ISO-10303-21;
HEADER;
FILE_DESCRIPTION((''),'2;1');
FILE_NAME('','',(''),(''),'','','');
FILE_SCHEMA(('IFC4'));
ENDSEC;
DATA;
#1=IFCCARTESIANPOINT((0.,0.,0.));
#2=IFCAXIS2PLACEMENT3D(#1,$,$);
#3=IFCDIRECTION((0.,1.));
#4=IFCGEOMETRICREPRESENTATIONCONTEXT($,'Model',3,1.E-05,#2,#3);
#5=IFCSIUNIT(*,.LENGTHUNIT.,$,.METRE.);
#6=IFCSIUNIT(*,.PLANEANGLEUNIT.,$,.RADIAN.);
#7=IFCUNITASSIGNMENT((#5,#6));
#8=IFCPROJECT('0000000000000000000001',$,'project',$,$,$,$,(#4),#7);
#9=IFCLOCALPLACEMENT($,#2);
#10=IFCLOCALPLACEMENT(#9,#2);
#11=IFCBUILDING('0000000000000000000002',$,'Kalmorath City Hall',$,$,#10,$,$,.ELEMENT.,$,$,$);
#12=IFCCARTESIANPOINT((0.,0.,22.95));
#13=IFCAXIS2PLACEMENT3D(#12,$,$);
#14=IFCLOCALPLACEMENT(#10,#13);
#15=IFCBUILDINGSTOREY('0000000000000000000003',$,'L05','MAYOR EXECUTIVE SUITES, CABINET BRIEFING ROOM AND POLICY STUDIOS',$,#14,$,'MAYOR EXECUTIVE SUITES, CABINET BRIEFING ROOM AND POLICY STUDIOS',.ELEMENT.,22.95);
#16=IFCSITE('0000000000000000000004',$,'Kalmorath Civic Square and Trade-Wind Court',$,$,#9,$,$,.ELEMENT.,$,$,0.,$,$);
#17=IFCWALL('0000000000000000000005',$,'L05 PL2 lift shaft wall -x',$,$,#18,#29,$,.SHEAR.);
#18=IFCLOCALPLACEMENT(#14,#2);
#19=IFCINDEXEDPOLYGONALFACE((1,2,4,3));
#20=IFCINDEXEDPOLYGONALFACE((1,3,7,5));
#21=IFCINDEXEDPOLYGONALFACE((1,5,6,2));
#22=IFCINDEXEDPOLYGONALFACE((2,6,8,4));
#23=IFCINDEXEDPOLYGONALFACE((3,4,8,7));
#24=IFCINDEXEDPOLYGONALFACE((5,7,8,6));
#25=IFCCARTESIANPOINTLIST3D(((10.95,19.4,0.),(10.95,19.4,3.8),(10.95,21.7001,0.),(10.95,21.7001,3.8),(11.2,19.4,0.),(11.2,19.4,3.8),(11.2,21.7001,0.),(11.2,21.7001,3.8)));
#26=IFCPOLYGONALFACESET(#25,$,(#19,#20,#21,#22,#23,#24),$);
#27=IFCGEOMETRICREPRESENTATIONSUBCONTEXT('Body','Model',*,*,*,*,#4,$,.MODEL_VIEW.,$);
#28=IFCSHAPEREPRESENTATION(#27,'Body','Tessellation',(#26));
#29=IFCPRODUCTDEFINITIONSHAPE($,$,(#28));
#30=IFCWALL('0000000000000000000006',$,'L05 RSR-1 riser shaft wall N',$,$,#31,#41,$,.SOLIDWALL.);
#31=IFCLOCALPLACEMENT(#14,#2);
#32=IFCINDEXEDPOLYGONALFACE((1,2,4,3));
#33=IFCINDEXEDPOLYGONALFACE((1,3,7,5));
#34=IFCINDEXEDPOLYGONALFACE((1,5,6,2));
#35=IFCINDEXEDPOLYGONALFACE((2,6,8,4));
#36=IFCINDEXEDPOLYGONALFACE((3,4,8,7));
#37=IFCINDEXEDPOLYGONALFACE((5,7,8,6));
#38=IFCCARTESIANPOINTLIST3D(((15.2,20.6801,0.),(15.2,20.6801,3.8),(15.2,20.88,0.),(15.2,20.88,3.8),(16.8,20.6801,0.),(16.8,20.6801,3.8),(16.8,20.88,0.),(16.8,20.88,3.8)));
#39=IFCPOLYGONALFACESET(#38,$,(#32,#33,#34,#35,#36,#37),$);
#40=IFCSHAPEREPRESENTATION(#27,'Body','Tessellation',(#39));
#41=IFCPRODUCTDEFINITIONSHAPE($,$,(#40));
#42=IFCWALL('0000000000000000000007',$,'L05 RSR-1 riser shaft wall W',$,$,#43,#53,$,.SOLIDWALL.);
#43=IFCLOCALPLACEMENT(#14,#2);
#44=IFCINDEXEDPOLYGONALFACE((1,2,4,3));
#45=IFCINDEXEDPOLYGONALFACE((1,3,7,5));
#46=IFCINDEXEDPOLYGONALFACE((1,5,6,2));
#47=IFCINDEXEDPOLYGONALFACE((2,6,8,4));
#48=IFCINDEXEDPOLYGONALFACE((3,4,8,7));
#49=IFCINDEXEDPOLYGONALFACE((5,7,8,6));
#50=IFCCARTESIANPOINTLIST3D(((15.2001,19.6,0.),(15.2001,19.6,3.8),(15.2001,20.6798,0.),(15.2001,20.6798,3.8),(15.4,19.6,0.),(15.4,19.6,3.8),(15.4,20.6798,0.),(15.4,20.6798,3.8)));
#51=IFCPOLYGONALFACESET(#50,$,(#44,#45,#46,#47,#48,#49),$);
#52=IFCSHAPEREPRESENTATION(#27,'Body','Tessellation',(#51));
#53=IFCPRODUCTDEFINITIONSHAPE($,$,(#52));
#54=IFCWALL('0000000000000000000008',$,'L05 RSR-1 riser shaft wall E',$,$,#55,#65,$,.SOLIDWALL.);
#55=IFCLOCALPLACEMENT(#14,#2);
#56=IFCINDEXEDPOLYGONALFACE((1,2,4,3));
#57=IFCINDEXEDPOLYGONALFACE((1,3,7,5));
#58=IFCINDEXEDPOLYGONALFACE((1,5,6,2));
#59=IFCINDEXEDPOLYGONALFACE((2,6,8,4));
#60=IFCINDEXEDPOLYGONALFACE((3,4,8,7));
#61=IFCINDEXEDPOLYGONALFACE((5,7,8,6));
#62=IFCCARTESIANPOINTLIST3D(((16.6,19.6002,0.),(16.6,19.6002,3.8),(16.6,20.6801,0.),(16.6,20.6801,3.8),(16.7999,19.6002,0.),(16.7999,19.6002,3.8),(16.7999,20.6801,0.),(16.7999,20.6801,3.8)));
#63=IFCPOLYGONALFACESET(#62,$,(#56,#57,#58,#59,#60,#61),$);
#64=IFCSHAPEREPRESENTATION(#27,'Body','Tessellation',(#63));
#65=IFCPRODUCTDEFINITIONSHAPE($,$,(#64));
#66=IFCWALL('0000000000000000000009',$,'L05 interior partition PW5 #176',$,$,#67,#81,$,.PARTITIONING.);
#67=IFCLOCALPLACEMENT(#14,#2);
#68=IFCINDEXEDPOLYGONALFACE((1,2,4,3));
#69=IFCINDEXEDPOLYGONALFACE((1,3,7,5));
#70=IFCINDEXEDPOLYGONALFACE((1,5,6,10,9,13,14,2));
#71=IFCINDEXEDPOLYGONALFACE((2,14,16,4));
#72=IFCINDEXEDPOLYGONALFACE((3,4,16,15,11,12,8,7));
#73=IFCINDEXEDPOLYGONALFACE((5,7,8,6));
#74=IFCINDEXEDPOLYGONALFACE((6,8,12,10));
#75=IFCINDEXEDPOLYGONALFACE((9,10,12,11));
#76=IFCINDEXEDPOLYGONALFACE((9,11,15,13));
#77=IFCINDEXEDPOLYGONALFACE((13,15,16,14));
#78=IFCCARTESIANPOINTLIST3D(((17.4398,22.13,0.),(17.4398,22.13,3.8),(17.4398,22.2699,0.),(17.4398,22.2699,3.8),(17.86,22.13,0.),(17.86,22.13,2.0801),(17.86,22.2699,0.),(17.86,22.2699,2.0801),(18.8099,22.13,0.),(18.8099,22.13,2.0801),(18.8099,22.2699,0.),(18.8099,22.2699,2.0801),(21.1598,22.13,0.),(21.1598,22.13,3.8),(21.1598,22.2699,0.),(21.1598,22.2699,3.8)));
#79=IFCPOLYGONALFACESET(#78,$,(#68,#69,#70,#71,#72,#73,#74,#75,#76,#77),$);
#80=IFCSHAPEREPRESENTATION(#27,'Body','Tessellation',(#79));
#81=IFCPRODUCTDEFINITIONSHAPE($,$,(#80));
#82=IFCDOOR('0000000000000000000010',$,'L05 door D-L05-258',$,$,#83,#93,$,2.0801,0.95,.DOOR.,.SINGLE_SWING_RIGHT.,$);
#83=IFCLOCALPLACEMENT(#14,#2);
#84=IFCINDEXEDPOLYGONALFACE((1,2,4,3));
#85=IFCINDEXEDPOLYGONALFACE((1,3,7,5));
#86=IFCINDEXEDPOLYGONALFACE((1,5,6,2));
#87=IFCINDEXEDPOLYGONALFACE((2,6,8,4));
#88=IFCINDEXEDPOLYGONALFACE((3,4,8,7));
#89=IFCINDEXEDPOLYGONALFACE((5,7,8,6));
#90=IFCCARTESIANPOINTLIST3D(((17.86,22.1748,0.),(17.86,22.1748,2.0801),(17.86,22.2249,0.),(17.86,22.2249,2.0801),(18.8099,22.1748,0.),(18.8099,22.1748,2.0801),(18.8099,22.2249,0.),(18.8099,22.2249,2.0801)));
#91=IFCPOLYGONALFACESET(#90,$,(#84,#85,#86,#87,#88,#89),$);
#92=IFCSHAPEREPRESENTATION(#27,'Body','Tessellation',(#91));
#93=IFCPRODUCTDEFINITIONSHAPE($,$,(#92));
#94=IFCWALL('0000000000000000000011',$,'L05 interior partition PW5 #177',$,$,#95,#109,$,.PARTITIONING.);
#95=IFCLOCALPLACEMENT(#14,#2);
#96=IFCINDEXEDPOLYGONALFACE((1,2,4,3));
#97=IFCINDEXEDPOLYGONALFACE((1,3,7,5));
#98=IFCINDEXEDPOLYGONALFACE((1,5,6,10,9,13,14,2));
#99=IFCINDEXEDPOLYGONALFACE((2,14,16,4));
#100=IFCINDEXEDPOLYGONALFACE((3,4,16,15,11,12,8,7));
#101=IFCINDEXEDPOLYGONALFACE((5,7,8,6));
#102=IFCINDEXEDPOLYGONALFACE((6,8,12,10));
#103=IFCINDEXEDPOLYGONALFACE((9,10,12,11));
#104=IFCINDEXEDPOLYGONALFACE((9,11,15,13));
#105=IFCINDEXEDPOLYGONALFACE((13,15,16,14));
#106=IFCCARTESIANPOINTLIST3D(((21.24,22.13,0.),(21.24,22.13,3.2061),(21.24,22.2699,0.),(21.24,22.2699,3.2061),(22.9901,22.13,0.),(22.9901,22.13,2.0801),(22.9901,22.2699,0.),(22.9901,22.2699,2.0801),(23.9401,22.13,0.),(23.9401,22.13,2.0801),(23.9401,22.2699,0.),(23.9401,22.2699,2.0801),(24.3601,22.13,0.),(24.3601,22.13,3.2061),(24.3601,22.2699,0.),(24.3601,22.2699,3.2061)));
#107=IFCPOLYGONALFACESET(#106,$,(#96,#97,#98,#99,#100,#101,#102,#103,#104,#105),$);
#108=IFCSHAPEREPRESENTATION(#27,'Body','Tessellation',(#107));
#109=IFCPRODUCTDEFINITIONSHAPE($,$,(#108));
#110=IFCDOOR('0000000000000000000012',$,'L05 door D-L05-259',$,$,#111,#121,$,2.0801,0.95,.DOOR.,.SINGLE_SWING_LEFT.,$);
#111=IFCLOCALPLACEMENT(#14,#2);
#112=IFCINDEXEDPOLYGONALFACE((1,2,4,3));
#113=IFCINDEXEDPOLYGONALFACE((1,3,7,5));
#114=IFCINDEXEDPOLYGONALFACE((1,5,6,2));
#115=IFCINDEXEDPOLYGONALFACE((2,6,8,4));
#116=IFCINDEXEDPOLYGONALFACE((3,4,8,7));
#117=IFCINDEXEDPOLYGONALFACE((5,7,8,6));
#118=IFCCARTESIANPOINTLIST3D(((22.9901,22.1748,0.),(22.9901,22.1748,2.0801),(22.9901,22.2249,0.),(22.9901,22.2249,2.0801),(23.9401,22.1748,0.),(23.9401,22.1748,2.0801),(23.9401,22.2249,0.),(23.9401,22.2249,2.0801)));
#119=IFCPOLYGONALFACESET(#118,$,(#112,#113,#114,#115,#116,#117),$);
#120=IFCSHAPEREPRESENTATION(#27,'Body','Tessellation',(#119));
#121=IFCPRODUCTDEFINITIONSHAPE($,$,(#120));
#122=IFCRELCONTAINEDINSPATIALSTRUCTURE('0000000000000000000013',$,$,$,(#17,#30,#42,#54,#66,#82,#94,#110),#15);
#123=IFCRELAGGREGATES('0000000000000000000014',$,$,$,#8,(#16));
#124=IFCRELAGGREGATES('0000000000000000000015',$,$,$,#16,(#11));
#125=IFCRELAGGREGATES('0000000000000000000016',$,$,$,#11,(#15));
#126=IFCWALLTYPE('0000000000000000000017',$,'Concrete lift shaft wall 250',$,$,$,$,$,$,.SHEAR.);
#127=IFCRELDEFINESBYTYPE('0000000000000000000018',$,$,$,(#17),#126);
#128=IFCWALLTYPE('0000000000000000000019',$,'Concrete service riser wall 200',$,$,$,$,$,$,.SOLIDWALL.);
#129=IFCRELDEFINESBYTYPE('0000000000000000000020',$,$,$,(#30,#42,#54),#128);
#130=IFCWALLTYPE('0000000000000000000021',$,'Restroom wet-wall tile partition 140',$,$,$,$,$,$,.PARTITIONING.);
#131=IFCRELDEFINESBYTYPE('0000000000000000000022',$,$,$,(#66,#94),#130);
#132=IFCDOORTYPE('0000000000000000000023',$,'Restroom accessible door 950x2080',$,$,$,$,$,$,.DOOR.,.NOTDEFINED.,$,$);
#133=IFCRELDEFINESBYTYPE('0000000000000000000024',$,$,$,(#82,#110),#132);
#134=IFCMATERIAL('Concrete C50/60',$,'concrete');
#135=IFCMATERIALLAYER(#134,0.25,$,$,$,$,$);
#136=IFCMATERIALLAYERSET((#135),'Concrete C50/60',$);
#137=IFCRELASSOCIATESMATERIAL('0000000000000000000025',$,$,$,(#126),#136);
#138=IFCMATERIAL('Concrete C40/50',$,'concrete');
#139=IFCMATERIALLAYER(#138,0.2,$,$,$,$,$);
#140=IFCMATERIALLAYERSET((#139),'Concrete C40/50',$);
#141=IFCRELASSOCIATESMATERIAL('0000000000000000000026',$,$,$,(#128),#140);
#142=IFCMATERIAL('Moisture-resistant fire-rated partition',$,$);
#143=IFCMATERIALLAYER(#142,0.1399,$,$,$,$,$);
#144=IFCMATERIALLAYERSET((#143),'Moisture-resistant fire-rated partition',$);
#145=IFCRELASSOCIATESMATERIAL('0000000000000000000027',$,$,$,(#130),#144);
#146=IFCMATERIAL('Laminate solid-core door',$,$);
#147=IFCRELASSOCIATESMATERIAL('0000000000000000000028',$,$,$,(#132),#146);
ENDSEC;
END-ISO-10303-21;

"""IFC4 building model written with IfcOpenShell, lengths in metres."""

from ifc_helpers import new_model, si_unit, direction, frame, frame_2d, origin, place, context, subcontext, project, spatial, rectangle, extrude, material, layer, layer_set, type_object, element, fill, save


model = new_model("IFC4")

# Units and contexts
model_context = context("Model", 3, precision=1e-05, world=origin(), true_north=direction((0.0, 1.0)))
body_context = subcontext(model_context, "Body", "Model", "MODEL_VIEW")
ifc_project = project(units=[si_unit("LENGTHUNIT", "METRE"), si_unit("PLANEANGLEUNIT", "RADIAN")], contexts=[model_context])

# Site, building, storey
site_placement = place(None, origin())
site = spatial("IfcSite", under=ifc_project, at=site_placement, Name="Kalmorath Civic Square and Trade-Wind Court", CompositionType="ELEMENT", RefElevation=0.0)
building_placement = place(site_placement, origin())
building = spatial("IfcBuilding", under=site, at=building_placement, Name="Kalmorath City Hall", CompositionType="ELEMENT")
storey_placement = place(building_placement, frame((0.0, 0.0, 22.95)))
storey = spatial("IfcBuildingStorey", under=building, at=storey_placement, Name="L05", Description="MAYOR EXECUTIVE SUITES, CABINET BRIEFING ROOM AND POLICY STUDIOS", LongName="MAYOR EXECUTIVE SUITES, CABINET BRIEFING ROOM AND POLICY STUDIOS", CompositionType="ELEMENT", Elevation=22.95)

# Shared definitions
ifc_material_1 = material(Name="Concrete C50/60", Category="concrete")
ifc_layer_1 = layer(ifc_material_1, 0.25)
ifc_layer_set_1 = layer_set([ifc_layer_1], Name="Concrete C50/60")
wall_type_1 = type_object("IfcWallType", Name="Concrete lift shaft wall 250", PredefinedType="SHEAR", material=ifc_layer_set_1)

# Walls
wall_1_placement = place(storey_placement, frame((11.075, 21.7, 0.0), z_axis=(0.0, 0.0, 1.0), x_axis=(0.0, -1.0, 0.0)))
element("IfcWall", 1, at=wall_1_placement, inside=storey, type_object=wall_type_1, Name="L05 PL2 lift shaft wall -x", PredefinedType="SHEAR", context=body_context, shape_type="SweptSolid", body=[
    extrude(rectangle(XDim=2.3, YDim=0.25, at=frame_2d((1.1499, 0.0))), origin(), (0.0, 0.0, 1.0), 3.8),
])
ifc_material_2 = material(Name="Concrete C40/50", Category="concrete")
ifc_layer_2 = layer(ifc_material_2, 0.2)
ifc_layer_set_2 = layer_set([ifc_layer_2], Name="Concrete C40/50")
wall_type_2 = type_object("IfcWallType", Name="Concrete service riser wall 200", PredefinedType="SOLIDWALL", material=ifc_layer_set_2)
wall_2_placement = place(storey_placement, frame((16.8, 20.78, 0.0), z_axis=(0.0, 0.0, 1.0), x_axis=(-1.0, 0.0, 0.0)))
element("IfcWall", 2, at=wall_2_placement, inside=storey, type_object=wall_type_2, Name="L05 RSR-1 riser shaft wall N", PredefinedType="SOLIDWALL", context=body_context, shape_type="SweptSolid", body=[
    extrude(rectangle(XDim=1.6001, YDim=0.2, at=frame_2d((0.8, 0.0))), origin(), (0.0, 0.0, 1.0), 3.8),
])
for number, where, z_axis, x_axis, name in (
    (3, (15.3, 20.6799, 0.0), (0.0, 0.0, 1.0), (0.0, -1.0, 0.0), "L05 RSR-1 riser shaft wall W"),
    (4, (16.7, 19.6001, 0.0), (0.0, 0.0, 1.0), (0.0, 1.0, 0.0), "L05 RSR-1 riser shaft wall E"),
):
    element("IfcWall", number, at=place(storey_placement, frame(where, z_axis=z_axis, x_axis=x_axis)), inside=storey, type_object=wall_type_2, Name=name, PredefinedType="SOLIDWALL", context=body_context, shape_type="SweptSolid", body=[
        extrude(rectangle(XDim=1.0798, YDim=0.2, at=frame_2d((0.54, 0.0))), origin(), (0.0, 0.0, 1.0), 3.8),
    ])

# Walls, openings, doors
ifc_material_3 = material(Name="Moisture-resistant fire-rated partition")
ifc_layer_3 = layer(ifc_material_3, 0.1399)
ifc_layer_set_3 = layer_set([ifc_layer_3], Name="Moisture-resistant fire-rated partition")
wall_type_3 = type_object("IfcWallType", Name="Restroom wet-wall tile partition 140", PredefinedType="PARTITIONING", material=ifc_layer_set_3)
wall_3_placement = place(storey_placement, frame((17.4399, 22.2, 0.0), z_axis=(0.0, 0.0, 1.0), x_axis=(1.0, 0.0, 0.0)))
wall_3 = element("IfcWall", 5, at=wall_3_placement, inside=storey, type_object=wall_type_3, Name="L05 interior partition PW5 #176", PredefinedType="PARTITIONING", context=body_context, shape_type="SweptSolid", body=[
    extrude(rectangle(XDim=3.72, YDim=0.1399, at=frame_2d((1.8599, 0.0))), origin(), (0.0, 0.0, 1.0), 3.8),
])
opening_1_placement = place(wall_3_placement, frame((0.4199, 0.0, 0.0)))
opening_1 = element("IfcOpeningElement", 6, at=opening_1_placement, cuts=wall_3, PredefinedType="OPENING", context=body_context, shape_type="SweptSolid", body=[
    extrude(rectangle(XDim=0.95, YDim=2.0801, at=frame_2d((0.4751, 1.04))), frame((0.0, 0.0798, 0.0), z_axis=(0.0, -1.0, 0.0), x_axis=(1.0, 0.0, 0.0)), (0.0, 0.0, 1.0), 0.1599),
])
ifc_material_4 = material(Name="Laminate solid-core door")
door_type_1 = type_object("IfcDoorType", Name="Restroom accessible door 950x2080", OperationType="NOTDEFINED", PredefinedType="DOOR", material=ifc_material_4)
door_1_placement = place(opening_1_placement, origin())
door_1 = element("IfcDoor", 7, at=door_1_placement, inside=storey, type_object=door_type_1, Name="L05 door D-L05-258", OperationType="SINGLE_SWING_RIGHT", OverallHeight=2.0801, OverallWidth=0.95, PredefinedType="DOOR", context=body_context, shape_type="SweptSolid", body=[
    extrude(rectangle(XDim=0.95, YDim=2.0801, at=frame_2d((0.4751, 1.04))), frame((0.0, 0.0249, 0.0), z_axis=(0.0, -1.0, 0.0), x_axis=(1.0, 0.0, 0.0)), (0.0, 0.0, 1.0), 0.05),
])
fill(opening_1, door_1)
wall_4_placement = place(storey_placement, frame((21.24, 22.2, 0.0), z_axis=(0.0, 0.0, 1.0), x_axis=(1.0, 0.0, 0.0)))
wall_4 = element("IfcWall", 8, at=wall_4_placement, inside=storey, type_object=wall_type_3, Name="L05 interior partition PW5 #177", PredefinedType="PARTITIONING", context=body_context, shape_type="SweptSolid", body=[
    extrude(rectangle(XDim=3.1201, YDim=0.1399, at=frame_2d((1.5601, 0.0))), origin(), (0.0, 0.0, 1.0), 3.2061),
])
opening_2_placement = place(wall_4_placement, frame((1.75, 0.0, 0.0)))
opening_2 = element("IfcOpeningElement", 9, at=opening_2_placement, cuts=wall_4, PredefinedType="OPENING", context=body_context, shape_type="SweptSolid", body=[
    extrude(rectangle(XDim=0.95, YDim=2.0801, at=frame_2d((0.4751, 1.04))), frame((0.0, 0.0798, 0.0), z_axis=(0.0, -1.0, 0.0), x_axis=(1.0, 0.0, 0.0)), (0.0, 0.0, 1.0), 0.1599),
])
door_2_placement = place(opening_2_placement, origin())
door_2 = element("IfcDoor", 10, at=door_2_placement, inside=storey, type_object=door_type_1, Name="L05 door D-L05-259", OperationType="SINGLE_SWING_LEFT", OverallHeight=2.0801, OverallWidth=0.95, PredefinedType="DOOR", context=body_context, shape_type="SweptSolid", body=[
    extrude(rectangle(XDim=0.95, YDim=2.0801, at=frame_2d((0.4751, 1.04))), frame((0.0, 0.0249, 0.0), z_axis=(0.0, -1.0, 0.0), x_axis=(1.0, 0.0, 0.0)), (0.0, 0.0, 1.0), 0.05),
])
fill(opening_2, door_2)

save(model, "model.ifc")
